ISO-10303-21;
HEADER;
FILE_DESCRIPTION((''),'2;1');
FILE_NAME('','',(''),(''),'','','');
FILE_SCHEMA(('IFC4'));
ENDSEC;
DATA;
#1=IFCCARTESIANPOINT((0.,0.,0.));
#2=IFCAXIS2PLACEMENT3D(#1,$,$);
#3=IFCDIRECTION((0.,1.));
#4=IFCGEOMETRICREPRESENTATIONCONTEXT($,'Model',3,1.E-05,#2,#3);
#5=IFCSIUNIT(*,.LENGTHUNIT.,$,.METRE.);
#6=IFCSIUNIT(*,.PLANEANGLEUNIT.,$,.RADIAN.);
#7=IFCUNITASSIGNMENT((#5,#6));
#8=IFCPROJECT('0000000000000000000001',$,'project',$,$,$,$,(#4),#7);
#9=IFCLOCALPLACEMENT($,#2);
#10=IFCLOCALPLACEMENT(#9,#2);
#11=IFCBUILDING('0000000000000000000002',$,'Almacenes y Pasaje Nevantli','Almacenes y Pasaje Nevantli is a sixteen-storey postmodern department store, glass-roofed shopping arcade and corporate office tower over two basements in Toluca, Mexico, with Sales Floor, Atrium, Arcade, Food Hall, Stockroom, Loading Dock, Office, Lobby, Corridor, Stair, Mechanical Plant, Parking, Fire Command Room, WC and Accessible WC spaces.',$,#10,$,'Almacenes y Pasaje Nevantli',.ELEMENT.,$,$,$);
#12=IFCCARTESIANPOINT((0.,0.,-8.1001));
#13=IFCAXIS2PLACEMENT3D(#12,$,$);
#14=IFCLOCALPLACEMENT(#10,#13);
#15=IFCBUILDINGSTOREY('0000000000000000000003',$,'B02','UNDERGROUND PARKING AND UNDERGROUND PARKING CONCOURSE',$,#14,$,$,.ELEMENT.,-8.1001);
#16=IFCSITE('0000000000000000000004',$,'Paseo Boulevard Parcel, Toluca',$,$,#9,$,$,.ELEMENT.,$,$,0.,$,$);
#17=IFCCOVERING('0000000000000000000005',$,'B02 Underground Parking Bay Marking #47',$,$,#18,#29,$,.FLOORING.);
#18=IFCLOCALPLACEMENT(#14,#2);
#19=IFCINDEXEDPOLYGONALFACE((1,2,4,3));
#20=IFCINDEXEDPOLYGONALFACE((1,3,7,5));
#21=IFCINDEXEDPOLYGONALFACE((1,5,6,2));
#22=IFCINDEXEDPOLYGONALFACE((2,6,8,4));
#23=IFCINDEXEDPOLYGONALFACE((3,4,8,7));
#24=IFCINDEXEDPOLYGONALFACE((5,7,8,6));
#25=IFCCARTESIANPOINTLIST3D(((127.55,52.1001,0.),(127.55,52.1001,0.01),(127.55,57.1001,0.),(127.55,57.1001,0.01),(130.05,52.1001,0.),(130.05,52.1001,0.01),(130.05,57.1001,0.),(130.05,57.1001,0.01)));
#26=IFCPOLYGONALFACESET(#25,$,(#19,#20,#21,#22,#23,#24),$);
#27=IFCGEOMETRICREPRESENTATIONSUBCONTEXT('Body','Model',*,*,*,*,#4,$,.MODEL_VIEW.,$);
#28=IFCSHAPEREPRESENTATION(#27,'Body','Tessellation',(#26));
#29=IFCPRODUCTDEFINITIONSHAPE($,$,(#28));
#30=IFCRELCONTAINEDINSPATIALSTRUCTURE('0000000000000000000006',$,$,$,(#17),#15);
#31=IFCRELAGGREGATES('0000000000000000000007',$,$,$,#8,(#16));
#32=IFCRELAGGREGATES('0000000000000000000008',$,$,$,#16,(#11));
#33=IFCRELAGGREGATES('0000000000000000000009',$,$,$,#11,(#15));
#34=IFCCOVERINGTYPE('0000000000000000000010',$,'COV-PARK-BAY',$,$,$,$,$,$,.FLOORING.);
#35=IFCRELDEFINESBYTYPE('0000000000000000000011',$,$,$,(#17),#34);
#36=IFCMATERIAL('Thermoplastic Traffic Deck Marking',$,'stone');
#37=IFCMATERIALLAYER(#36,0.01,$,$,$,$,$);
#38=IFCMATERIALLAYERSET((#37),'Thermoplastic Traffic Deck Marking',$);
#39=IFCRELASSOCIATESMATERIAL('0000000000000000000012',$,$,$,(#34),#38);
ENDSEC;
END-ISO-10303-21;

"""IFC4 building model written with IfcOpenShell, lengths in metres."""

from ifc_helpers import new_model, si_unit, direction, frame, origin, origin_2d, place, context, subcontext, project, spatial, rectangle, extrude, material, layer, layer_set, type_object, element, save


model = new_model("IFC4")

# Units and contexts
model_context = context("Model", 3, precision=1e-05, world=origin(), true_north=direction((0.0, 1.0)))
body_context = subcontext(model_context, "Body", "Model", "MODEL_VIEW")
ifc_project = project(units=[si_unit("LENGTHUNIT", "METRE"), si_unit("PLANEANGLEUNIT", "RADIAN")], contexts=[model_context])

# Site, building, storey
site_placement = place(None, origin())
site = spatial("IfcSite", under=ifc_project, at=site_placement, Name="Paseo Boulevard Parcel, Toluca", CompositionType="ELEMENT", RefElevation=0.0)
building_placement = place(site_placement, origin())
building = spatial("IfcBuilding", under=site, at=building_placement, Name="Almacenes y Pasaje Nevantli", Description="Almacenes y Pasaje Nevantli is a sixteen-storey postmodern department store, glass-roofed shopping arcade and corporate office tower over two basements in Toluca, Mexico, with Sales Floor, Atrium, Arcade, Food Hall, Stockroom, Loading Dock, Office, Lobby, Corridor, Stair, Mechanical Plant, Parking, Fire Command Room, WC and Accessible WC spaces.", LongName="Almacenes y Pasaje Nevantli", CompositionType="ELEMENT")
storey_placement = place(building_placement, frame((0.0, 0.0, -8.1001)))
storey = spatial("IfcBuildingStorey", under=building, at=storey_placement, Name="B02", Description="UNDERGROUND PARKING AND UNDERGROUND PARKING CONCOURSE", CompositionType="ELEMENT", Elevation=-8.1001)

# Covering
ifc_material_1 = material(Name="Thermoplastic Traffic Deck Marking", Category="stone")
ifc_layer_1 = layer(ifc_material_1, 0.01)
ifc_layer_set_1 = layer_set([ifc_layer_1], Name="Thermoplastic Traffic Deck Marking")
covering_type = type_object("IfcCoveringType", Name="COV-PARK-BAY", PredefinedType="FLOORING", material=ifc_layer_set_1)
for number, where, z_axis, x_axis, name in (
    (1, (128.8, 54.6001, 0.0), (0.0, 0.0, 1.0), (1.0, 0.0, 0.0), "B02 Underground Parking Bay Marking #47"),
):
    element("IfcCovering", number, at=place(storey_placement, frame(where, z_axis=z_axis, x_axis=x_axis)), inside=storey, type_object=covering_type, Name=name, PredefinedType="FLOORING", context=body_context, shape_type="SweptSolid", body=[
        extrude(rectangle(XDim=2.5, YDim=5.0, at=origin_2d()), origin(), (0.0, 0.0, 1.0), 0.01),
    ])

save(model, "model.ifc")
